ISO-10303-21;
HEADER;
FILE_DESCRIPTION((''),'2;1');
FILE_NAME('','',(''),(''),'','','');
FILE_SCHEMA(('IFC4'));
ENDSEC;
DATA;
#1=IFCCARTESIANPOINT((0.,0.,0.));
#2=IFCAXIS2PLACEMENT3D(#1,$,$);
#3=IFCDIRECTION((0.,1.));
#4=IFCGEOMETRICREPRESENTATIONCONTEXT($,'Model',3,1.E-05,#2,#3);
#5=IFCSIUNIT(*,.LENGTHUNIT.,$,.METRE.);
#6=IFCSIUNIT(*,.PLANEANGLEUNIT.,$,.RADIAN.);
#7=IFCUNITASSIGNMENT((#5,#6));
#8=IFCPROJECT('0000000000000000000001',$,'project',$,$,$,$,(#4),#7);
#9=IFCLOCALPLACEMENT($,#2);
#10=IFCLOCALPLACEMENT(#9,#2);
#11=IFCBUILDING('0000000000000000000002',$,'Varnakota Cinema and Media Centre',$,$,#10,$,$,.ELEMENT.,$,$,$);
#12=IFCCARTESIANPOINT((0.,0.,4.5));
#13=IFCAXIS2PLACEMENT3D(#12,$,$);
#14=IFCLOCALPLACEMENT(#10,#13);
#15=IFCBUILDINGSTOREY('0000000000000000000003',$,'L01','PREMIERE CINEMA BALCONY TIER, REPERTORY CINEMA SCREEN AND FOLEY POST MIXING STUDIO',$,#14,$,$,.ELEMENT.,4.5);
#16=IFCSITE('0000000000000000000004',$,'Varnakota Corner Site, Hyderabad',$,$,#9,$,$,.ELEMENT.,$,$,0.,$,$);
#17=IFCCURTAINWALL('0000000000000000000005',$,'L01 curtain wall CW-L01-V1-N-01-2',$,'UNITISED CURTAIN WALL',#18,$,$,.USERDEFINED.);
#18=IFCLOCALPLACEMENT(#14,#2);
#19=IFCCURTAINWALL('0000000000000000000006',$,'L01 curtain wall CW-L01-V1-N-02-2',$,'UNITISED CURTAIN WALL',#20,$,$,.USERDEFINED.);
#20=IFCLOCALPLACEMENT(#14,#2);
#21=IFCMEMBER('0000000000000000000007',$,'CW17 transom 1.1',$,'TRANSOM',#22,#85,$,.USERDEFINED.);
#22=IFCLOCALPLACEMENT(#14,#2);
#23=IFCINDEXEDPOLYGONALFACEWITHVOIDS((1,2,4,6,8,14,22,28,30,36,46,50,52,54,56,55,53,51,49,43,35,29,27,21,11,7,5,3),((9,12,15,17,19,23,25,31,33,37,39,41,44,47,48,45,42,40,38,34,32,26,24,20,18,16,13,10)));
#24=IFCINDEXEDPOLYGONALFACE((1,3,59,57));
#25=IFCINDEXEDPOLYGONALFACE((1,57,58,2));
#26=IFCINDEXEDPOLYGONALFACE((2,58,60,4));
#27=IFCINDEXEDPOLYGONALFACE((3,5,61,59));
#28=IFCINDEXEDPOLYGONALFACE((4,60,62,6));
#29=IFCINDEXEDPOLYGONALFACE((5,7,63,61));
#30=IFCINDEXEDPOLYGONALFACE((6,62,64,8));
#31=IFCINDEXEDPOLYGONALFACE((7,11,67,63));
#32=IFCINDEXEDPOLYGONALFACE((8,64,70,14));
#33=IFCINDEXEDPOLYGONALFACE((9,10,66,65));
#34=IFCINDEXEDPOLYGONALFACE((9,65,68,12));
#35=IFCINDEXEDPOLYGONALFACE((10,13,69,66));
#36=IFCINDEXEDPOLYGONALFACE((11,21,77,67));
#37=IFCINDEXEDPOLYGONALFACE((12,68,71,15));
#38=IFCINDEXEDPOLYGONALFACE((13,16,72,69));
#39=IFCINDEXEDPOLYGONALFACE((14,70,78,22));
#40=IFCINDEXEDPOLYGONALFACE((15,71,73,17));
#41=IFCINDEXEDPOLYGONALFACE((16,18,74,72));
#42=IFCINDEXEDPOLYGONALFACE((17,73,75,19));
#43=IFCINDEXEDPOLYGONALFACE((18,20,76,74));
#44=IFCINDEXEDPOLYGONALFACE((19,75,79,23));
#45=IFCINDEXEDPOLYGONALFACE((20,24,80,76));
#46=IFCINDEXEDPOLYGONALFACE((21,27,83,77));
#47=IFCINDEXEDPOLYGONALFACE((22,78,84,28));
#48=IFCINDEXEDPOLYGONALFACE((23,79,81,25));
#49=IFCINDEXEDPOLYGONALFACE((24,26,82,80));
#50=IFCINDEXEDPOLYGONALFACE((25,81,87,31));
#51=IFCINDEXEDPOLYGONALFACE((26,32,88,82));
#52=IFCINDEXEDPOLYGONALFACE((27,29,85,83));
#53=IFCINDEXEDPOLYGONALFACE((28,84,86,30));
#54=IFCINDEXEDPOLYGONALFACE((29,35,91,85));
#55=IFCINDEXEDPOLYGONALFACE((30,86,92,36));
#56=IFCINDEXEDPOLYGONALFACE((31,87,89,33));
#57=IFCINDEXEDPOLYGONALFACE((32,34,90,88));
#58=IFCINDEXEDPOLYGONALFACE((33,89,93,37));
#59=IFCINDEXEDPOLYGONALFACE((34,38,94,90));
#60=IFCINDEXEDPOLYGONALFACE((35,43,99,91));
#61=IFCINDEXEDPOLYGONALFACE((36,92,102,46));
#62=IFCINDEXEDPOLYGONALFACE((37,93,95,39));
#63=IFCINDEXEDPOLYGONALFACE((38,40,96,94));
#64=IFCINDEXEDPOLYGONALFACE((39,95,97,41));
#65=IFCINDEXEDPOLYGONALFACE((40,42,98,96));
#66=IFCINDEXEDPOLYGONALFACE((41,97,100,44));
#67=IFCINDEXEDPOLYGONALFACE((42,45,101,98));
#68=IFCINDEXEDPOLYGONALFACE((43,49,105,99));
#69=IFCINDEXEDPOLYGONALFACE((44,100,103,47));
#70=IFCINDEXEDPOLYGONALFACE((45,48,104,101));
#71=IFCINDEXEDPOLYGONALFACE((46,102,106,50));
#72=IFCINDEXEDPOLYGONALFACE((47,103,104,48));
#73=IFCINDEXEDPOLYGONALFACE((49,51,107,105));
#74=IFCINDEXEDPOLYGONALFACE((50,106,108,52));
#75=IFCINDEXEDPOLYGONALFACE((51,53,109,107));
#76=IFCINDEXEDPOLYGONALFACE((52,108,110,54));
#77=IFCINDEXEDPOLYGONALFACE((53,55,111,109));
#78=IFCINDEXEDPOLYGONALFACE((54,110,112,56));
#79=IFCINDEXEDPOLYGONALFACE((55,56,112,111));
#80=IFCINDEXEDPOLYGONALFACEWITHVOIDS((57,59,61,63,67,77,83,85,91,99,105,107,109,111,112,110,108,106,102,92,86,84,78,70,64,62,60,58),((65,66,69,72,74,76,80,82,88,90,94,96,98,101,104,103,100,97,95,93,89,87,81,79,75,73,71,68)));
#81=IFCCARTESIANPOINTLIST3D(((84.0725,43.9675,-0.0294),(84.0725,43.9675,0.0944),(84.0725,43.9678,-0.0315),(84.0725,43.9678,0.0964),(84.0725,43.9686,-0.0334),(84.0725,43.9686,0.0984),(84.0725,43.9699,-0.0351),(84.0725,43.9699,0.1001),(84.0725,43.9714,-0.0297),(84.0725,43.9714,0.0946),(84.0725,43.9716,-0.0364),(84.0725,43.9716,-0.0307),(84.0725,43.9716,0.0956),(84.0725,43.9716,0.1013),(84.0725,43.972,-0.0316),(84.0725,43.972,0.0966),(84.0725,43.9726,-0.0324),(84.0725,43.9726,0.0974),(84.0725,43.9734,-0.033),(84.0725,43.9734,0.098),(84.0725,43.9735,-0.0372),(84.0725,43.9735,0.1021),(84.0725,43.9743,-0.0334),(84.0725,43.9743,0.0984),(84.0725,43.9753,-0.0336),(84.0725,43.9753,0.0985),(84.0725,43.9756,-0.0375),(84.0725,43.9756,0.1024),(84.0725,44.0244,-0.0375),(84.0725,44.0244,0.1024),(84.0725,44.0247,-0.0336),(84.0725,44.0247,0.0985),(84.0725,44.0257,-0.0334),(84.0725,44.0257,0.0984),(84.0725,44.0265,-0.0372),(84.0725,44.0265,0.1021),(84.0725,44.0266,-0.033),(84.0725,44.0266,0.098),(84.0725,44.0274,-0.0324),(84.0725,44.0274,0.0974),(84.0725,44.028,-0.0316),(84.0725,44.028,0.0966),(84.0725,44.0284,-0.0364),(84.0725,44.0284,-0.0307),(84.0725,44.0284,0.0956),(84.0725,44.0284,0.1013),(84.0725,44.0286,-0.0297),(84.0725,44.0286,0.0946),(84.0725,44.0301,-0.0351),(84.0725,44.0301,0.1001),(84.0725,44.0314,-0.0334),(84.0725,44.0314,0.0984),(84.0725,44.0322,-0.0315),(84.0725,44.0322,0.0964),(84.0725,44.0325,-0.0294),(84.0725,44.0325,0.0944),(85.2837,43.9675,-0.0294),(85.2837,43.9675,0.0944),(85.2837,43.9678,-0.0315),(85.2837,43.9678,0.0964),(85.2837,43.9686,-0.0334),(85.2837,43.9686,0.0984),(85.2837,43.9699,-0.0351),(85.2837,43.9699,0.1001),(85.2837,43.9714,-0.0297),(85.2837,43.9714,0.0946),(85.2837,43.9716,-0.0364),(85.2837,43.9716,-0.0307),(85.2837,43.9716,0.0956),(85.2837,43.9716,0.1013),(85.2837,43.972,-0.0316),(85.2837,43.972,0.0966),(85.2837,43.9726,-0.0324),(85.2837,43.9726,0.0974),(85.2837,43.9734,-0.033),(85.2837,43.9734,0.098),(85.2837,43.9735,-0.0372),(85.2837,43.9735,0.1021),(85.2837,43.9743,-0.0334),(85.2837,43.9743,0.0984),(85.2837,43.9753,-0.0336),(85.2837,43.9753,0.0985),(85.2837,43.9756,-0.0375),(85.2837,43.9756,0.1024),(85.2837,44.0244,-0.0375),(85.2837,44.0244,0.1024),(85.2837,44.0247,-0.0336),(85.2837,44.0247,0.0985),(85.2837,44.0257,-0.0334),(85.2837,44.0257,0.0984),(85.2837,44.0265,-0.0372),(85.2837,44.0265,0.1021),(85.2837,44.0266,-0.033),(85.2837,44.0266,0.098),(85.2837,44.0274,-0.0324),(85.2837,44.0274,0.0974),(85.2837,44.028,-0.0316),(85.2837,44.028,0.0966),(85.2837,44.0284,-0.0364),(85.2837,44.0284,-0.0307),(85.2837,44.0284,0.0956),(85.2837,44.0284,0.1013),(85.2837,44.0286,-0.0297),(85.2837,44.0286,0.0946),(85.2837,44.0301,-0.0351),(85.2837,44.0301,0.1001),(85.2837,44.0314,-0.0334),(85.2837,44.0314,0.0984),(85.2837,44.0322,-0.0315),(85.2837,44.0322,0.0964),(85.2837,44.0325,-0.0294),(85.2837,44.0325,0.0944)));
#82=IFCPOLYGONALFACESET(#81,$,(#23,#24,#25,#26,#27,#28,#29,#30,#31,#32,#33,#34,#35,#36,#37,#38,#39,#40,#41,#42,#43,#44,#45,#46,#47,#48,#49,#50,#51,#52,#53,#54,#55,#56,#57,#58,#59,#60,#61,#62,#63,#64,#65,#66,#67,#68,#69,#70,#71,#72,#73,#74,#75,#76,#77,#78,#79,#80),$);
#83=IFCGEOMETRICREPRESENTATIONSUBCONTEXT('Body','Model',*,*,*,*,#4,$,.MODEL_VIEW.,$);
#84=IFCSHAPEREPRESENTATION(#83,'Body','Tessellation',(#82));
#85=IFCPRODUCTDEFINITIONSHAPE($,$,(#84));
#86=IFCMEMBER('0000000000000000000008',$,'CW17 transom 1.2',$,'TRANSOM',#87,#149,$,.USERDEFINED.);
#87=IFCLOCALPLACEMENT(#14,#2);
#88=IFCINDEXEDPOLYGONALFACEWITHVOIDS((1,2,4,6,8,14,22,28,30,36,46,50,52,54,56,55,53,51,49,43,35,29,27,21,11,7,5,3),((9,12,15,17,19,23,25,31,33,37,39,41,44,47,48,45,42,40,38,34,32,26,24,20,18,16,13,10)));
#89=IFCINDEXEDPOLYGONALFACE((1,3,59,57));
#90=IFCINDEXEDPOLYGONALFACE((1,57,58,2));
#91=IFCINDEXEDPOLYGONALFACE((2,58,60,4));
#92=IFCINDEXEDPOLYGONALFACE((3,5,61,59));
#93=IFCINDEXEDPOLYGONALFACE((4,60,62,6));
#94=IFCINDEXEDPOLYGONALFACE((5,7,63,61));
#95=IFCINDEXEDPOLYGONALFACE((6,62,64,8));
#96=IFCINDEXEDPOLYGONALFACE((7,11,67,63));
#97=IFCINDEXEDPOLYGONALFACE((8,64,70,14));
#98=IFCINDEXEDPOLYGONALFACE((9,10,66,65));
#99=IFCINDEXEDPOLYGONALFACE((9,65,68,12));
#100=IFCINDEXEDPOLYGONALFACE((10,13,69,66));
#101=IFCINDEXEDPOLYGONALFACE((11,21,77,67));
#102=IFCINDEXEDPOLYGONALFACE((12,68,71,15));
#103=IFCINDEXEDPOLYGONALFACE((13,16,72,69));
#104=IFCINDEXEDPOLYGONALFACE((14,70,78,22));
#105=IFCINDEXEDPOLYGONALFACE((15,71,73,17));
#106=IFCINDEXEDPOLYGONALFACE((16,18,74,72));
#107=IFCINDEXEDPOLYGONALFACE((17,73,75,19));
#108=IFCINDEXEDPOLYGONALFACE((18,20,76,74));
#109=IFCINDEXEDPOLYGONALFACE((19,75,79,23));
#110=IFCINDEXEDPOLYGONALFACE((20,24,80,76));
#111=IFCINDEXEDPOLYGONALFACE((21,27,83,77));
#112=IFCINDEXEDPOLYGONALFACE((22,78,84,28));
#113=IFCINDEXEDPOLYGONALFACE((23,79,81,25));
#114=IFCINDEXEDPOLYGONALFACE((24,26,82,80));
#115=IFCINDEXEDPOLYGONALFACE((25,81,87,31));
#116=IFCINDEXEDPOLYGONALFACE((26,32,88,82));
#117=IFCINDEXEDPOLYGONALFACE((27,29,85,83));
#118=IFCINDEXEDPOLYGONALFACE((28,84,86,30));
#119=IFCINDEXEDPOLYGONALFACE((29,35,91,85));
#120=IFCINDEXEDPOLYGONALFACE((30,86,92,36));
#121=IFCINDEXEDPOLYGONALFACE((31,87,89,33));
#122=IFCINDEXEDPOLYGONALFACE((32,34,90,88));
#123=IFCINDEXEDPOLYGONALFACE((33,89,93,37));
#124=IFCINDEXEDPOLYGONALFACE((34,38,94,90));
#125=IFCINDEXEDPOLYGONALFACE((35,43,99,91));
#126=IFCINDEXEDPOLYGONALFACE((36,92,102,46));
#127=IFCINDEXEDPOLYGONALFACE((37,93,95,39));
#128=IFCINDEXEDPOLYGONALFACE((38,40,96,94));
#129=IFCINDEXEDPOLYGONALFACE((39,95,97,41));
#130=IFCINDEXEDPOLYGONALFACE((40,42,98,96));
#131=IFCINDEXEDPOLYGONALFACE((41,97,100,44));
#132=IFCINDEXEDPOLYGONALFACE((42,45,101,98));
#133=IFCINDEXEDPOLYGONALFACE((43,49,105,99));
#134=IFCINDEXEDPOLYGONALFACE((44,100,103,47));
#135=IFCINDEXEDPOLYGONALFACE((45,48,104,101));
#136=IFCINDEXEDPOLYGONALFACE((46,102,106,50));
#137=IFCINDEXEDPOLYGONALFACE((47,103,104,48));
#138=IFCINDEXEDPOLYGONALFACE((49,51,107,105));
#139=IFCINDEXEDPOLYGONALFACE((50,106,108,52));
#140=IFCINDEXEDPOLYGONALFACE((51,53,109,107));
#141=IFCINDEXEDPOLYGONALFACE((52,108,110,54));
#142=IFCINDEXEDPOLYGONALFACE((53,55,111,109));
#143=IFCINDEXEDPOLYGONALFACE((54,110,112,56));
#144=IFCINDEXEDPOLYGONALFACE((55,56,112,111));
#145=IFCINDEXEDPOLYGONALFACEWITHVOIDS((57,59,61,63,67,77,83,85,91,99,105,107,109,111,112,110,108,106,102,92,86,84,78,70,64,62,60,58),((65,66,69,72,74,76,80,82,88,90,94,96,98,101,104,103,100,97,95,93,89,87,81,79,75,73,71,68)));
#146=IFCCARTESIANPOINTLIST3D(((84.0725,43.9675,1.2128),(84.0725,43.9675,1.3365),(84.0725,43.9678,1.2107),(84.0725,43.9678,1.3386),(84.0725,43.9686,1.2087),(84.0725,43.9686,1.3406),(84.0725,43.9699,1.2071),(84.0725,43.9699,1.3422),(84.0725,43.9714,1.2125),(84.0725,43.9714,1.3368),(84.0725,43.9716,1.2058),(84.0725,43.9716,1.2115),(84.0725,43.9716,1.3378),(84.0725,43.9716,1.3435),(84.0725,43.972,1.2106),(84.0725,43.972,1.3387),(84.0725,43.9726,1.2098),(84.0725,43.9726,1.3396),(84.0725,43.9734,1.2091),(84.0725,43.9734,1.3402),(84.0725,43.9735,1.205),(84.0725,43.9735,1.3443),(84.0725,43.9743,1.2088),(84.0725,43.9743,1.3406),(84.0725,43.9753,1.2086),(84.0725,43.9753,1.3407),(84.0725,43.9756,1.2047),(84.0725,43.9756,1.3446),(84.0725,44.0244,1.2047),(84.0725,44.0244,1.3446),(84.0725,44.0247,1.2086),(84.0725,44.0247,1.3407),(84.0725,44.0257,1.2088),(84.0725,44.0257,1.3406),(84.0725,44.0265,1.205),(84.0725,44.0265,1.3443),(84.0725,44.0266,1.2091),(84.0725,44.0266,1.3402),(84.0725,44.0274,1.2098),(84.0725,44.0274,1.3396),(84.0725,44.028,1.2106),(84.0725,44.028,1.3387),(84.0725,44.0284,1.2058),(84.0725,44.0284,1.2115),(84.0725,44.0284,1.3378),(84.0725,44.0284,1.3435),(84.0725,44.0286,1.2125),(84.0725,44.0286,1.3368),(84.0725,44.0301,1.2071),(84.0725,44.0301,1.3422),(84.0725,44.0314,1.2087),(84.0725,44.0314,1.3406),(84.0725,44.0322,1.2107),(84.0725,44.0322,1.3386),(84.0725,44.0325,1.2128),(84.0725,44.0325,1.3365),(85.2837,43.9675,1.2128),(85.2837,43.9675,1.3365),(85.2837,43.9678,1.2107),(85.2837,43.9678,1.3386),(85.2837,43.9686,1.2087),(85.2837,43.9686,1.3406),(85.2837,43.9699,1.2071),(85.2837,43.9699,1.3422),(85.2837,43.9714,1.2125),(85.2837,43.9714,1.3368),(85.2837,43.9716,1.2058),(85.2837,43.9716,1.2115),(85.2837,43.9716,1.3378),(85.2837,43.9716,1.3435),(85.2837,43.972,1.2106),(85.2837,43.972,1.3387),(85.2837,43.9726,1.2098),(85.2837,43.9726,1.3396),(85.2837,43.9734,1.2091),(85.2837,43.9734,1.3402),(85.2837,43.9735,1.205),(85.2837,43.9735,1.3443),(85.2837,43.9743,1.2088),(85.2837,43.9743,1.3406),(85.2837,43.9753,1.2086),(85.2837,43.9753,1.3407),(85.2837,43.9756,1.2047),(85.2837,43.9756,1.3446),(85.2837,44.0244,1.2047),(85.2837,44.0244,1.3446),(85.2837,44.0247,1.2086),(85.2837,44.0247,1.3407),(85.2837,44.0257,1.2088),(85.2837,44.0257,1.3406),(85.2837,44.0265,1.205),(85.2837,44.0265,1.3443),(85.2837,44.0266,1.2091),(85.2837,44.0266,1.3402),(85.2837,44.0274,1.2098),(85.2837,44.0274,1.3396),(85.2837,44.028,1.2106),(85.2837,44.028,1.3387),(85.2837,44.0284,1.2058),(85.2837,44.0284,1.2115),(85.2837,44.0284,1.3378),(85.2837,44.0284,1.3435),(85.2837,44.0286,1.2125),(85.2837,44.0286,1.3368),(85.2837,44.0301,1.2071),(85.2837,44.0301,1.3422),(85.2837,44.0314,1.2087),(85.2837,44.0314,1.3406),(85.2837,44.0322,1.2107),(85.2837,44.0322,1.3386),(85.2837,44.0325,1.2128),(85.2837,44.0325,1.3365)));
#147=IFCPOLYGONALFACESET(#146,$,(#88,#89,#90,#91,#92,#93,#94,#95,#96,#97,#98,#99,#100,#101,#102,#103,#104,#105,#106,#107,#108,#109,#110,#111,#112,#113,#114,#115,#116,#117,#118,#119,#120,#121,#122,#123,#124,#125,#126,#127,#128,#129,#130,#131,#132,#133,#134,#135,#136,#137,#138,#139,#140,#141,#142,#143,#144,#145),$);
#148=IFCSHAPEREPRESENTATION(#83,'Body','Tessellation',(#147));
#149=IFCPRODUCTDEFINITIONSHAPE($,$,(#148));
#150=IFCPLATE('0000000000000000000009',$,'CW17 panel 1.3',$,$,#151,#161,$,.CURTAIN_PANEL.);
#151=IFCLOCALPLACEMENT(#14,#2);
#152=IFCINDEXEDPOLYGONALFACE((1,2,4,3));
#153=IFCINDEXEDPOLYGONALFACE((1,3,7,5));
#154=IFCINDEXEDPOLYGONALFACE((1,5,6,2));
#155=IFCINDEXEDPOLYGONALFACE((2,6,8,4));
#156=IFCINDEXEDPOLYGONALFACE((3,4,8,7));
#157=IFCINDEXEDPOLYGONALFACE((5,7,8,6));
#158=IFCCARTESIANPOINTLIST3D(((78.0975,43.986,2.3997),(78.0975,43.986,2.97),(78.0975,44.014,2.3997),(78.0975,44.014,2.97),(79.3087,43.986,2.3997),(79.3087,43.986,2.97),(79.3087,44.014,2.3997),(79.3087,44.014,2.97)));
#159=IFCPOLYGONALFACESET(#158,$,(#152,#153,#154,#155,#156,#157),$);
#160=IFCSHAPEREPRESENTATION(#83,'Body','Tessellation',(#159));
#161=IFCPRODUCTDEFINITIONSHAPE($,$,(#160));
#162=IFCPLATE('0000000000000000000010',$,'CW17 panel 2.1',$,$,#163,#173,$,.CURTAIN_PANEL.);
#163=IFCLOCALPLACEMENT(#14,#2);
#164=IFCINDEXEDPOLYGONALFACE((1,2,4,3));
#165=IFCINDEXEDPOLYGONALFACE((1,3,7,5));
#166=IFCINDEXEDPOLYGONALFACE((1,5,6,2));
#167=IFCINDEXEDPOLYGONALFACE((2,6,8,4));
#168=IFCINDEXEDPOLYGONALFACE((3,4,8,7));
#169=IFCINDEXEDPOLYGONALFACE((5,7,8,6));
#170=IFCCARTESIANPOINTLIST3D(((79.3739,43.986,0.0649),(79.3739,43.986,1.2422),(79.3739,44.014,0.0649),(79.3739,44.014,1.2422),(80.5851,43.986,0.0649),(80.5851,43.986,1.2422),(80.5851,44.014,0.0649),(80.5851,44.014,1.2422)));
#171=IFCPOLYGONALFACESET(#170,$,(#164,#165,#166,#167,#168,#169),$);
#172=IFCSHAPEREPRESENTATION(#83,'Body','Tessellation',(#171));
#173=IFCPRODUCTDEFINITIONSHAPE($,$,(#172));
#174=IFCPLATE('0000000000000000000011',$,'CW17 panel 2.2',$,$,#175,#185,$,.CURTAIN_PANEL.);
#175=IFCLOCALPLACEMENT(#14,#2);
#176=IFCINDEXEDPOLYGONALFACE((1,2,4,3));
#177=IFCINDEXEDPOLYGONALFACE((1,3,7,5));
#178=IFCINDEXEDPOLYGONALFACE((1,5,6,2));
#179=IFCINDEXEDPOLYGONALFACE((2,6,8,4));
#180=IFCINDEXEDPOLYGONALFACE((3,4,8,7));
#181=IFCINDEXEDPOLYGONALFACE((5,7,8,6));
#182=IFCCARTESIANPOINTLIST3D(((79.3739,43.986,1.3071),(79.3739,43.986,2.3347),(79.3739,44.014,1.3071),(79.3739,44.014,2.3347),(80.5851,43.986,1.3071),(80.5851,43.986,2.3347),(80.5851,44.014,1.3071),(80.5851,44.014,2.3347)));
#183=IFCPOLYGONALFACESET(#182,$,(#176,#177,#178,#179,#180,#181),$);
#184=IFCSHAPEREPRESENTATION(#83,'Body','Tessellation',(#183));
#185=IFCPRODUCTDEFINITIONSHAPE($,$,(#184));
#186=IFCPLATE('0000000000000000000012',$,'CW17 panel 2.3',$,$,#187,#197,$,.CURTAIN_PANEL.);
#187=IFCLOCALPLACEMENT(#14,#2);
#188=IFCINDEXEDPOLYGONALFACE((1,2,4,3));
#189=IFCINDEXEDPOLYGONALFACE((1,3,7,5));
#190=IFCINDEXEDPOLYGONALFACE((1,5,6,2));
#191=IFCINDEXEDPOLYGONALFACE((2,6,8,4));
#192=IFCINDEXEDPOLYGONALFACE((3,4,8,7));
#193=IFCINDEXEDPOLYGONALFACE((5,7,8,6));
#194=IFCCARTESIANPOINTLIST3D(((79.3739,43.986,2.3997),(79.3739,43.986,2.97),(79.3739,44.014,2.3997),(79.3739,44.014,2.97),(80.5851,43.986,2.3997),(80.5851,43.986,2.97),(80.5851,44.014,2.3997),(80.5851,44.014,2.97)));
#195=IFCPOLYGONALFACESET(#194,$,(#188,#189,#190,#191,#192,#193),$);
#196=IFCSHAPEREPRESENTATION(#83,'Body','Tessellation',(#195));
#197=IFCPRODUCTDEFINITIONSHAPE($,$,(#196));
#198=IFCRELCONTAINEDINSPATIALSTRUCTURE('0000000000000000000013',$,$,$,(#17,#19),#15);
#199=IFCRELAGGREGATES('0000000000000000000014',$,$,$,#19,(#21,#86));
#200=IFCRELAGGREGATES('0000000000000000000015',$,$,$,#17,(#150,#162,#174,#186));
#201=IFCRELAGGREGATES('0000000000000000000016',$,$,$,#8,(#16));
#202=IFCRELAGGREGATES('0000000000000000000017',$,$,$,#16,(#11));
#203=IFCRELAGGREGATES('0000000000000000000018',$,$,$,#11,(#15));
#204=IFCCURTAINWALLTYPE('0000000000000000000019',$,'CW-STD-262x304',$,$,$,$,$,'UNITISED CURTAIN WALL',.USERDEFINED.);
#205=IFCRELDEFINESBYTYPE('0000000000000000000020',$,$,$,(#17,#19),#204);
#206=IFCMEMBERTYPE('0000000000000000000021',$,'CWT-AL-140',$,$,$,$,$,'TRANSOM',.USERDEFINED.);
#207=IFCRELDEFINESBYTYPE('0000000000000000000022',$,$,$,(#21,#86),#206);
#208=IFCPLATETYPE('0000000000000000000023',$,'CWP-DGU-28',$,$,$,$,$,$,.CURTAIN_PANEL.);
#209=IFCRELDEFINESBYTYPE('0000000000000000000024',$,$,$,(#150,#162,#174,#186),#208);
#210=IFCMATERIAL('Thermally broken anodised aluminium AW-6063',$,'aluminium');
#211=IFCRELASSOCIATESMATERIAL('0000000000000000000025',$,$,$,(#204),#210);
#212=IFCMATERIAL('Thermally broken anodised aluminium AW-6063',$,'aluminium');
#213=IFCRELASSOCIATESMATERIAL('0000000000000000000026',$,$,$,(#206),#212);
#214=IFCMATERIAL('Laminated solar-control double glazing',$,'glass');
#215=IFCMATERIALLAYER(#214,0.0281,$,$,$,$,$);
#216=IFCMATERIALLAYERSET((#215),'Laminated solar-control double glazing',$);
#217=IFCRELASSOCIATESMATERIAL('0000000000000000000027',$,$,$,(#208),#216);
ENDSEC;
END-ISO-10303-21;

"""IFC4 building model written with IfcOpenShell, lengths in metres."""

from ifc_helpers import new_model, si_unit, direction, frame, origin, origin_2d, place, context, subcontext, project, spatial, rectangle, hollow_rectangle, extrude, material, layer, layer_set, material_profile, profile_set, type_object, element, aggregate, save


model = new_model("IFC4")

# Units and contexts
model_context = context("Model", 3, precision=1e-05, world=origin(), true_north=direction((0.0, 1.0)))
body_context = subcontext(model_context, "Body", "Model", "MODEL_VIEW")
ifc_project = project(units=[si_unit("LENGTHUNIT", "METRE"), si_unit("PLANEANGLEUNIT", "RADIAN")], contexts=[model_context])

# Site, building, storey
site_placement = place(None, origin())
site = spatial("IfcSite", under=ifc_project, at=site_placement, Name="Varnakota Corner Site, Hyderabad", CompositionType="ELEMENT", RefElevation=0.0)
building_placement = place(site_placement, origin())
building = spatial("IfcBuilding", under=site, at=building_placement, Name="Varnakota Cinema and Media Centre", CompositionType="ELEMENT")
storey_placement = place(building_placement, frame((0.0, 0.0, 4.5)))
storey = spatial("IfcBuildingStorey", under=building, at=storey_placement, Name="L01", Description="PREMIERE CINEMA BALCONY TIER, REPERTORY CINEMA SCREEN AND FOLEY POST MIXING STUDIO", CompositionType="ELEMENT", Elevation=4.5)

# Curtain wall
ifc_material_1 = material(Name="Thermally broken anodised aluminium AW-6063", Category="aluminium")
curtain_wall_type = type_object("IfcCurtainWallType", Name="CW-STD-262x304", ElementType="UNITISED CURTAIN WALL", PredefinedType="USERDEFINED", material=ifc_material_1)
curtain_wall_1_placement = place(storey_placement, origin())
curtain_wall_1 = element("IfcCurtainWall", 1, at=curtain_wall_1_placement, inside=storey, type_object=curtain_wall_type, Name="L01 curtain wall CW-L01-V1-N-01-2", ObjectType="UNITISED CURTAIN WALL", PredefinedType="USERDEFINED")

# Curtain wall
curtain_wall_2_placement = place(storey_placement, origin())
curtain_wall_2 = element("IfcCurtainWall", 2, at=curtain_wall_2_placement, inside=storey, type_object=curtain_wall_type, Name="L01 curtain wall CW-L01-V1-N-02-2", ObjectType="UNITISED CURTAIN WALL", PredefinedType="USERDEFINED")

# Members
ifc_material_2 = material(Name="Thermally broken anodised aluminium AW-6063", Category="aluminium")
ifc_material_profile_1 = material_profile(ifc_material_2, hollow_rectangle(XDim=0.0649, YDim=0.1399, WallThickness=0.0039, InnerFilletRadius=0.0039, OuterFilletRadius=0.0081, at=origin_2d()), Name="AL-TRANSOM 140x65x4")
ifc_profile_set_1 = profile_set([ifc_material_profile_1], Name="Thermally broken anodised aluminium AW-6063")
member_type_1 = type_object("IfcMemberType", Name="CWT-AL-140", ElementType="TRANSOM", PredefinedType="USERDEFINED", material=ifc_profile_set_1)
member_1_placement = place(storey_placement, frame((84.0725, 44.0, 0.0325), z_axis=(1.0, 0.0, 0.0), x_axis=(0.0, 1.0, 0.0)))
member_1 = element("IfcMember", 3, at=member_1_placement, type_object=member_type_1, Name="CW17 transom 1.1", ObjectType="TRANSOM", PredefinedType="USERDEFINED", context=body_context, shape_type="SweptSolid", body=[
    extrude(hollow_rectangle(XDim=0.0649, YDim=0.1399, WallThickness=0.0039, InnerFilletRadius=0.0039, OuterFilletRadius=0.0081, at=origin_2d()), origin(), (0.0, 0.0, 1.0), 1.2112),
])
member_2_placement = place(storey_placement, frame((84.0725, 44.0, 1.2747), z_axis=(1.0, 0.0, 0.0), x_axis=(0.0, 1.0, 0.0)))
member_2 = element("IfcMember", 4, at=member_2_placement, type_object=member_type_1, Name="CW17 transom 1.2", ObjectType="TRANSOM", PredefinedType="USERDEFINED", context=body_context, shape_type="SweptSolid", body=[
    extrude(hollow_rectangle(XDim=0.0649, YDim=0.1399, WallThickness=0.0039, InnerFilletRadius=0.0039, OuterFilletRadius=0.0081, at=origin_2d()), origin(), (0.0, 0.0, 1.0), 1.2112),
])
aggregate(curtain_wall_2, [member_1, member_2])

# Plates
ifc_material_3 = material(Name="Laminated solar-control double glazing", Category="glass")
ifc_layer = layer(ifc_material_3, 0.0281)
ifc_layer_set = layer_set([ifc_layer], Name="Laminated solar-control double glazing")
plate_type = type_object("IfcPlateType", Name="CWP-DGU-28", PredefinedType="CURTAIN_PANEL", material=ifc_layer_set)
plate_1_placement = place(storey_placement, frame((78.7031, 44.0, 2.3997), z_axis=(0.0, 0.0, 1.0), x_axis=(1.0, 0.0, 0.0)))
plate_1 = element("IfcPlate", 5, at=plate_1_placement, type_object=plate_type, Name="CW17 panel 1.3", PredefinedType="CURTAIN_PANEL", context=body_context, shape_type="SweptSolid", body=[
    extrude(rectangle(XDim=1.2112, YDim=0.0281, at=origin_2d()), origin(), (0.0, 0.0, 1.0), 0.5703),
])
plate_2_placement = place(storey_placement, frame((79.9795, 44.0, 0.0649), z_axis=(0.0, 0.0, 1.0), x_axis=(1.0, 0.0, 0.0)))
plate_2 = element("IfcPlate", 6, at=plate_2_placement, type_object=plate_type, Name="CW17 panel 2.1", PredefinedType="CURTAIN_PANEL", context=body_context, shape_type="SweptSolid", body=[
    extrude(rectangle(XDim=1.2112, YDim=0.0281, at=origin_2d()), origin(), (0.0, 0.0, 1.0), 1.1772),
])
plate_3_placement = place(storey_placement, frame((79.9795, 44.0, 1.3071), z_axis=(0.0, 0.0, 1.0), x_axis=(1.0, 0.0, 0.0)))
plate_3 = element("IfcPlate", 7, at=plate_3_placement, type_object=plate_type, Name="CW17 panel 2.2", PredefinedType="CURTAIN_PANEL", context=body_context, shape_type="SweptSolid", body=[
    extrude(rectangle(XDim=1.2112, YDim=0.0281, at=origin_2d()), origin(), (0.0, 0.0, 1.0), 1.0276),
])
plate_4_placement = place(storey_placement, frame((79.9795, 44.0, 2.3997), z_axis=(0.0, 0.0, 1.0), x_axis=(1.0, 0.0, 0.0)))
plate_4 = element("IfcPlate", 8, at=plate_4_placement, type_object=plate_type, Name="CW17 panel 2.3", PredefinedType="CURTAIN_PANEL", context=body_context, shape_type="SweptSolid", body=[
    extrude(rectangle(XDim=1.2112, YDim=0.0281, at=origin_2d()), origin(), (0.0, 0.0, 1.0), 0.5703),
])
aggregate(curtain_wall_1, [plate_1, plate_2, plate_3, plate_4])

save(model, "model.ifc")
